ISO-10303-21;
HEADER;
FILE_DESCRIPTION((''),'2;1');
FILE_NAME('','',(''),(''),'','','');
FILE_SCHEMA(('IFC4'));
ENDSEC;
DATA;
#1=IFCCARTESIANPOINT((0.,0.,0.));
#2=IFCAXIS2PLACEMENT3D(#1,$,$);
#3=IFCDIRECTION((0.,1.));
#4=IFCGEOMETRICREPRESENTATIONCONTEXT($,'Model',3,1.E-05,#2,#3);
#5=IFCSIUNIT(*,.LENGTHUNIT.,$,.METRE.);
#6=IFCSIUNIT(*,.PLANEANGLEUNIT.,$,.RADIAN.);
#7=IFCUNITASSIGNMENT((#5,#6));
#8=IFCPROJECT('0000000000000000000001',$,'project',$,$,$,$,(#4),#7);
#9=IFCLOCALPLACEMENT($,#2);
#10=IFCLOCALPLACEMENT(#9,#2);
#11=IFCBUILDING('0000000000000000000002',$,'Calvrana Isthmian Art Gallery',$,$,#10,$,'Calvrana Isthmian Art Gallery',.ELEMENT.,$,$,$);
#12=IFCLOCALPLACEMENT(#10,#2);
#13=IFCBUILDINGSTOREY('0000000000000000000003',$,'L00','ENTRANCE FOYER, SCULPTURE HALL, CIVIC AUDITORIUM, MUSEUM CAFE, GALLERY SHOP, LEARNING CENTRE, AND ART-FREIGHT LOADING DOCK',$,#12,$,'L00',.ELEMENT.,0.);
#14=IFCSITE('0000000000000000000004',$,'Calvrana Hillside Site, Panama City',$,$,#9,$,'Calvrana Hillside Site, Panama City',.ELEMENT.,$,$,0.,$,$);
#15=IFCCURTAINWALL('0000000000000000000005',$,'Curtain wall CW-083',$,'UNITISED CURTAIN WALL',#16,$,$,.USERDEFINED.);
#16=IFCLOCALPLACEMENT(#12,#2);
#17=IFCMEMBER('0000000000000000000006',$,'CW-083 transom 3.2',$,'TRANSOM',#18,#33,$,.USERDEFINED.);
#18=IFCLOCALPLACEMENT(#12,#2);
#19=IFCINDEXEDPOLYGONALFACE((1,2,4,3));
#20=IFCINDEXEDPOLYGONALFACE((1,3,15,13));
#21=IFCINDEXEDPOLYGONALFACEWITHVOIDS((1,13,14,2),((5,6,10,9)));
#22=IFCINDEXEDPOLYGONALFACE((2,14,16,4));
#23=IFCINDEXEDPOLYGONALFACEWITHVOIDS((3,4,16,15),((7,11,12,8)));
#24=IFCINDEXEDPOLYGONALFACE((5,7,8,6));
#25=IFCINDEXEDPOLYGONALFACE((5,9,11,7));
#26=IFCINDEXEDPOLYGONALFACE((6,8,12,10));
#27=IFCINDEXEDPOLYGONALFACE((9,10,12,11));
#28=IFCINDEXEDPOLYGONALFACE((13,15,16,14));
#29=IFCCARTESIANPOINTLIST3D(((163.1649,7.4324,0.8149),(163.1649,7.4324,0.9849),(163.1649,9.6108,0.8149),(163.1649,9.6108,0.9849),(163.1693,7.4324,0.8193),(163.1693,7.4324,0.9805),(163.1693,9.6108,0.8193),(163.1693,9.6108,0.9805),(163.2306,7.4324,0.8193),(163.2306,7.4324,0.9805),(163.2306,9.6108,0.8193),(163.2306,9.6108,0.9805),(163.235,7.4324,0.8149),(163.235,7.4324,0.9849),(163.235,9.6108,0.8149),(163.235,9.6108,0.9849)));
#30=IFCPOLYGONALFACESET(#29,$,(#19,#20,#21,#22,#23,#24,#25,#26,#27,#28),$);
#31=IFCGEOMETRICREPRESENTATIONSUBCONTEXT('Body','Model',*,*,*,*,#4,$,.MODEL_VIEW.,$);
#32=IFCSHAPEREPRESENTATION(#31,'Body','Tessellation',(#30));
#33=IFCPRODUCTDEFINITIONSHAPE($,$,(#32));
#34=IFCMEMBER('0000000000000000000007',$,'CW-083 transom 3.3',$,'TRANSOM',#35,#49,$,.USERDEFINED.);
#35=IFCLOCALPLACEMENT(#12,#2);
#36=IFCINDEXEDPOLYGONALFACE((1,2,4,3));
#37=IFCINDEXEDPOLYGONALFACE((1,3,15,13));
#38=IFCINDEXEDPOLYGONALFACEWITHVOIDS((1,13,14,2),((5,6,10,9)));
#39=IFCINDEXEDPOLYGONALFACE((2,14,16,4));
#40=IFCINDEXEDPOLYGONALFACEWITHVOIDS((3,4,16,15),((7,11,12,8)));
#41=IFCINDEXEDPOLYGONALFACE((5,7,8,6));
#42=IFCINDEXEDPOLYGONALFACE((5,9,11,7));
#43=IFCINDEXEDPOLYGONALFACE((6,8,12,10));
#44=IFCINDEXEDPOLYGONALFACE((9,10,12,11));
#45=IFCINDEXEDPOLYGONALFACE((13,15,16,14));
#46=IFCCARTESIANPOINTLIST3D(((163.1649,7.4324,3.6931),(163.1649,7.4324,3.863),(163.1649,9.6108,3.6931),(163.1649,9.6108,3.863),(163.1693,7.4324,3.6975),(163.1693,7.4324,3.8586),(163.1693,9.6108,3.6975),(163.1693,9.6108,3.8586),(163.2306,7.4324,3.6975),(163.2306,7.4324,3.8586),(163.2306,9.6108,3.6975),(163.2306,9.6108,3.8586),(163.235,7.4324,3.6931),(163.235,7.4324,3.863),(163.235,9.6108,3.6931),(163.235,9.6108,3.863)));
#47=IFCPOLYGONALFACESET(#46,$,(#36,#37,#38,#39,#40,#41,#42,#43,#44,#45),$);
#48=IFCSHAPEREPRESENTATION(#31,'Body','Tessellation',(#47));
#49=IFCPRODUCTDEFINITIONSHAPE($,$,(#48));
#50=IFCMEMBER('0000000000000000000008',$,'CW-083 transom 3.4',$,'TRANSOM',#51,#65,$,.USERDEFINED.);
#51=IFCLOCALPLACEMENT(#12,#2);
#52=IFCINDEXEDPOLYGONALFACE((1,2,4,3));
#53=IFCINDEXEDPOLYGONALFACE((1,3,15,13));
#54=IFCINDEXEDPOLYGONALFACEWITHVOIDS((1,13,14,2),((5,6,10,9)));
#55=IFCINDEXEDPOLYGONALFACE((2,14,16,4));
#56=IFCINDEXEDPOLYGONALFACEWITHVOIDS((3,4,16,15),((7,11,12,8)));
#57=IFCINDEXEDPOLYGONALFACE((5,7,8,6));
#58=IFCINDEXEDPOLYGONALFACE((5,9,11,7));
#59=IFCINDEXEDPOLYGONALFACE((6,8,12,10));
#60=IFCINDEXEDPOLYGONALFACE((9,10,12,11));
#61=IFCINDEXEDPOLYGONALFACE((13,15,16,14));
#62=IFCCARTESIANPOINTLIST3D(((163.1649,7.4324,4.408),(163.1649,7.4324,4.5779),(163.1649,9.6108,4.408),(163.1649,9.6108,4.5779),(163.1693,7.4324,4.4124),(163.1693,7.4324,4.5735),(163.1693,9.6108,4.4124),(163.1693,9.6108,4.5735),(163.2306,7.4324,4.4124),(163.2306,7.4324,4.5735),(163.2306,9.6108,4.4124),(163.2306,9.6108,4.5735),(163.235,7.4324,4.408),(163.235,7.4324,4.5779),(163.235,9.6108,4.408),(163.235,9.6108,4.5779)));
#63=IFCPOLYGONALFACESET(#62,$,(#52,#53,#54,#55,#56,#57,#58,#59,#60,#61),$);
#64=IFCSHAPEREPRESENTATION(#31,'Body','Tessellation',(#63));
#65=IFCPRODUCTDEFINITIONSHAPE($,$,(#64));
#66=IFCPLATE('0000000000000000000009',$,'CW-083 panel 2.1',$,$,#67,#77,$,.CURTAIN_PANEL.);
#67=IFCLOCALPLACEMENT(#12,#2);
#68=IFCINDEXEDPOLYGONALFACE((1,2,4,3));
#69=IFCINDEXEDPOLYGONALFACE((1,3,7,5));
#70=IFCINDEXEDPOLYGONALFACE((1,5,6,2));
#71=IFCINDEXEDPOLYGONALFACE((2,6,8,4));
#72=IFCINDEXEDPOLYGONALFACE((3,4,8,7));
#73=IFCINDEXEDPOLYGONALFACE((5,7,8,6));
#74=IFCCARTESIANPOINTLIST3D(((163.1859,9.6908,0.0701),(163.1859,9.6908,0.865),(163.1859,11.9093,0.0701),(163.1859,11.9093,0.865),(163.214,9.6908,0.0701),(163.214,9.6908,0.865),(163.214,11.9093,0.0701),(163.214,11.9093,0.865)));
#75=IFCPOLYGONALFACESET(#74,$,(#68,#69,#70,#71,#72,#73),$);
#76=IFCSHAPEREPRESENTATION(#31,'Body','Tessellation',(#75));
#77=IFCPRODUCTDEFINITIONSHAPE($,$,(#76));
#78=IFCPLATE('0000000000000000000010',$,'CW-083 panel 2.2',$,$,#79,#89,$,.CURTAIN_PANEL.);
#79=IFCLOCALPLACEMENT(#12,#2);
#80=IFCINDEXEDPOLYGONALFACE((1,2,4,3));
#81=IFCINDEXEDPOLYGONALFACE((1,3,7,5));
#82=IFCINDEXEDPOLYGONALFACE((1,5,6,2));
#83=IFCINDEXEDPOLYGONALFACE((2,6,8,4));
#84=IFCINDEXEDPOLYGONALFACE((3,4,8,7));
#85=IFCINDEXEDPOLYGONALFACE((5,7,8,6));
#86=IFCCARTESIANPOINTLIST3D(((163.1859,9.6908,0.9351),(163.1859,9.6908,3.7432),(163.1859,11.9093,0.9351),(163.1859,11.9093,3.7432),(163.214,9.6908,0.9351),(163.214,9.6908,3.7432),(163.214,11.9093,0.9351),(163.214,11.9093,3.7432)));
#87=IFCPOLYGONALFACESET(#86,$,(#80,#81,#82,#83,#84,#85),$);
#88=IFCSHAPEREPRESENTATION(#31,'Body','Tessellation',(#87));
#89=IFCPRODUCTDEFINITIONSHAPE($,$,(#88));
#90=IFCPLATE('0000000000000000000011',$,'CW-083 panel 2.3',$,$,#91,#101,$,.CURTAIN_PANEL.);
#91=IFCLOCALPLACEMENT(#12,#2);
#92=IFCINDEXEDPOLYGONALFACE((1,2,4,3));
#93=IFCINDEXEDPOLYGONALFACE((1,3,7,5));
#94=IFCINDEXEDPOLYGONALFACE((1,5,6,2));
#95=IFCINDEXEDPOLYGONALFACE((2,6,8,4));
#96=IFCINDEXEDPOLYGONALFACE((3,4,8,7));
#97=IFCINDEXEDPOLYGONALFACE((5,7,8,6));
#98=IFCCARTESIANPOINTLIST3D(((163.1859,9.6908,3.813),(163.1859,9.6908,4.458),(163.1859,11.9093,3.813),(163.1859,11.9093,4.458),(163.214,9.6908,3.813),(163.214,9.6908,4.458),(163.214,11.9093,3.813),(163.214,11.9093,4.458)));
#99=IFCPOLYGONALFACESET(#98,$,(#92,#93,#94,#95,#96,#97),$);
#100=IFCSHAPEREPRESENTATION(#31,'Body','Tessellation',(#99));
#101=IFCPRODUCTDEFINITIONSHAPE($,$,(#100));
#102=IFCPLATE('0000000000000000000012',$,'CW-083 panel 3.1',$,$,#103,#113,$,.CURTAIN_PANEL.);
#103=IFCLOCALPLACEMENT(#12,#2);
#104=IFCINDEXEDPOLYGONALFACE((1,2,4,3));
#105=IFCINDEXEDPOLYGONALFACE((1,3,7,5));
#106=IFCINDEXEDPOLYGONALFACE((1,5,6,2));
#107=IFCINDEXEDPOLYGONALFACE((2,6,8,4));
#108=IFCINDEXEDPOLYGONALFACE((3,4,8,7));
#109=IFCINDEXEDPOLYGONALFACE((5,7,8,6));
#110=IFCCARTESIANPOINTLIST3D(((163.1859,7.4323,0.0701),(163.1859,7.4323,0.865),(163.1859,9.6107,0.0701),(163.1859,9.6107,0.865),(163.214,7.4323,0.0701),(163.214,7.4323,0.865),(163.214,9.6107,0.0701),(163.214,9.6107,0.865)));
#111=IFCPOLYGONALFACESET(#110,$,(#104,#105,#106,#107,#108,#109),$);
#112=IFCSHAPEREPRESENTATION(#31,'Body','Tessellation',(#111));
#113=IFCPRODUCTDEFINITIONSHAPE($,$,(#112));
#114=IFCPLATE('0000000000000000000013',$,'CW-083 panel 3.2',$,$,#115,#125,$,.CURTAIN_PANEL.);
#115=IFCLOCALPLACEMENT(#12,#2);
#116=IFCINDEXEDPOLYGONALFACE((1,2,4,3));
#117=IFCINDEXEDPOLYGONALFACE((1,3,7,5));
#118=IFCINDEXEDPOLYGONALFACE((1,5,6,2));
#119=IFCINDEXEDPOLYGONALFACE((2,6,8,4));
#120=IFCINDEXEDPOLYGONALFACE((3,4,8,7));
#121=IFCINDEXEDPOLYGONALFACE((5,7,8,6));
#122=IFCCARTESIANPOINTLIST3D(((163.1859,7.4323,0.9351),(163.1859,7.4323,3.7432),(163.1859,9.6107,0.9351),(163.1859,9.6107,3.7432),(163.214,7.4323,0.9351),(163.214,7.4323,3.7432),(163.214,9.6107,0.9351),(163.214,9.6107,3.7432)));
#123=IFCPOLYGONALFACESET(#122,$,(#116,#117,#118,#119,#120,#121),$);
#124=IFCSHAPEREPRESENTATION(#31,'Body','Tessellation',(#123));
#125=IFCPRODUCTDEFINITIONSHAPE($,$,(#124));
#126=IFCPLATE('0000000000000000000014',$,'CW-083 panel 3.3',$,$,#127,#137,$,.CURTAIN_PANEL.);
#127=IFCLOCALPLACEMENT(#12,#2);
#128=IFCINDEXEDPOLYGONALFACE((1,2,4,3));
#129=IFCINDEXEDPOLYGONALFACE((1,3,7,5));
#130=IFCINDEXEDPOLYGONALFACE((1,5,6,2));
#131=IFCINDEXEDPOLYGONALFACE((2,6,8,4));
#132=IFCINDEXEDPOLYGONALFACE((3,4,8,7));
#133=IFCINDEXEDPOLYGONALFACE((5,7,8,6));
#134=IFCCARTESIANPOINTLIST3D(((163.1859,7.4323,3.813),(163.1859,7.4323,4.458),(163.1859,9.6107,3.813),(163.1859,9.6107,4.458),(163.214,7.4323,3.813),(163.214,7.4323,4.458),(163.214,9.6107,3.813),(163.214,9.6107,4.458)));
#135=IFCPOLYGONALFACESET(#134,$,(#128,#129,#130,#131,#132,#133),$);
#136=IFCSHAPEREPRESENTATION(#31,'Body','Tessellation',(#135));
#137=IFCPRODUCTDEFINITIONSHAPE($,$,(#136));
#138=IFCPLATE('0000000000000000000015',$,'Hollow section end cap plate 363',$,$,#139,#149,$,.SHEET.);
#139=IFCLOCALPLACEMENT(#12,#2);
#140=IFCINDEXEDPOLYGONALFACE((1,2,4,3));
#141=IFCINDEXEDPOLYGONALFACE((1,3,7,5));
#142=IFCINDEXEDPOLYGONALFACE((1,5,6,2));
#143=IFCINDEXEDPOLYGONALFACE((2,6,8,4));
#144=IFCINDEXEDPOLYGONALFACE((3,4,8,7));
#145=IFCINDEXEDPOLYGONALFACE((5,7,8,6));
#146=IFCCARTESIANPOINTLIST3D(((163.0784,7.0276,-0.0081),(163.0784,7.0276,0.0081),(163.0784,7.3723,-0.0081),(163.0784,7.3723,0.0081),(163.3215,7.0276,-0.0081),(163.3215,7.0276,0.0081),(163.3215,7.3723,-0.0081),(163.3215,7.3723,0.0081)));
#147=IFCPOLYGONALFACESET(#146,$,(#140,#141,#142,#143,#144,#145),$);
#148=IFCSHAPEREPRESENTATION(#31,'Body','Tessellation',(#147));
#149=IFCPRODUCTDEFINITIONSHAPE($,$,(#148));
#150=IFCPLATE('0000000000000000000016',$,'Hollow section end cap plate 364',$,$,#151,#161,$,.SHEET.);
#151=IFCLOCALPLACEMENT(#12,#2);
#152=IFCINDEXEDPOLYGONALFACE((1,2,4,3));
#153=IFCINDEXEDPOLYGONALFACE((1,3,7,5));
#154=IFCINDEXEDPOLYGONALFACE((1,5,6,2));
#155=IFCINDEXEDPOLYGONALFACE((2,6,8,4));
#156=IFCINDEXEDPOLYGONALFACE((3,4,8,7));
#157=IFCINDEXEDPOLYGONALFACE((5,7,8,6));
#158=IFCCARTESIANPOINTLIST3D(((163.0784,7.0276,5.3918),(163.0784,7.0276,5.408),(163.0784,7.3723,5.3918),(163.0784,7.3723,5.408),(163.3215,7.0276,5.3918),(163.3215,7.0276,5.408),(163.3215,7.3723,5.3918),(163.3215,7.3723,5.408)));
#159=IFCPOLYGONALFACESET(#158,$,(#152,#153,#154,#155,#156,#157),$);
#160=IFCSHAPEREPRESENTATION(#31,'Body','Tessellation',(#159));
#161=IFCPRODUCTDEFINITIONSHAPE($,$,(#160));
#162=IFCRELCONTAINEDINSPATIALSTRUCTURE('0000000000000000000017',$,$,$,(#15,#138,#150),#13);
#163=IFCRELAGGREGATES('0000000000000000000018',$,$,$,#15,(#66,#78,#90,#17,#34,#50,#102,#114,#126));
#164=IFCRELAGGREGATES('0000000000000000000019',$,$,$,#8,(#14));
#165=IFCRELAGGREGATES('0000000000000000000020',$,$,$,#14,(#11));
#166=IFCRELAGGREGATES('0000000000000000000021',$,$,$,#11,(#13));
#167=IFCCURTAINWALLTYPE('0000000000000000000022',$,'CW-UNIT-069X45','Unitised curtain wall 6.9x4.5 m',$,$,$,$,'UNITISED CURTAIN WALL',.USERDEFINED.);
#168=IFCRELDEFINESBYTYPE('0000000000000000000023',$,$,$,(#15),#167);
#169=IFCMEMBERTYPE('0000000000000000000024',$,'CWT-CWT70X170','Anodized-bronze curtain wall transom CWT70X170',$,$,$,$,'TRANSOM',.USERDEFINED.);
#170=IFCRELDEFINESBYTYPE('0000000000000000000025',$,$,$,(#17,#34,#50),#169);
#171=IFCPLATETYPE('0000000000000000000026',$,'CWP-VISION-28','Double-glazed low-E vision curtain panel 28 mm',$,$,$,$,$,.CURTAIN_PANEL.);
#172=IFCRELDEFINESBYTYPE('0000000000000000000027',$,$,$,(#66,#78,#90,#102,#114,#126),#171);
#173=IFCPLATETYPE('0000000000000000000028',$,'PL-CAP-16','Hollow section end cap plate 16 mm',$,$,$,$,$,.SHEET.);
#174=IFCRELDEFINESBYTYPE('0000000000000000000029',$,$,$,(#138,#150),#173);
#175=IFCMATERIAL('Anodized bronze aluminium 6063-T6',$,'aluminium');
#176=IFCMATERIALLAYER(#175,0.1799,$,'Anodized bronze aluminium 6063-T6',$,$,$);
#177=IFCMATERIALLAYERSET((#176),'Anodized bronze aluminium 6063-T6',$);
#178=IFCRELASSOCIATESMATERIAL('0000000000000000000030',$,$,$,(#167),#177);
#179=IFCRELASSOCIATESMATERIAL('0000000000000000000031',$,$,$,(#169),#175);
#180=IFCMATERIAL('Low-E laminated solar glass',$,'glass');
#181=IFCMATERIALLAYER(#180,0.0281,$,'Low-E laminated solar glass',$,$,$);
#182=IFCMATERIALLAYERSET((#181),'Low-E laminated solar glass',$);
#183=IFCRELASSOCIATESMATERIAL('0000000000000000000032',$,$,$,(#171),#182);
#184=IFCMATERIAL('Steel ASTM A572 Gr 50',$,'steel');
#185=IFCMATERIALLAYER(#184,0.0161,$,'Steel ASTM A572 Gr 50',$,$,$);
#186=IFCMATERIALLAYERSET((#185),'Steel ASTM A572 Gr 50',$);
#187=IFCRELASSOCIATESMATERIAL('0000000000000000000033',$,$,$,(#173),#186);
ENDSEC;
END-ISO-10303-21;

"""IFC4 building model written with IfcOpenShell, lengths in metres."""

from ifc_helpers import new_model, si_unit, direction, frame, origin, origin_2d, place, context, subcontext, project, spatial, rectangle, hollow_rectangle, extrude, material, layer, layer_set, material_profile, profile_set, type_object, element, aggregate, save


model = new_model("IFC4")

# Units and contexts
model_context = context("Model", 3, precision=1e-05, world=origin(), true_north=direction((0.0, 1.0)))
body_context = subcontext(model_context, "Body", "Model", "MODEL_VIEW")
ifc_project = project(units=[si_unit("LENGTHUNIT", "METRE"), si_unit("PLANEANGLEUNIT", "RADIAN")], contexts=[model_context])

# Site, building, storey
site_placement = place(None, origin())
site = spatial("IfcSite", under=ifc_project, at=site_placement, Name="Calvrana Hillside Site, Panama City", LongName="Calvrana Hillside Site, Panama City", CompositionType="ELEMENT", RefElevation=0.0)
building_placement = place(site_placement, origin())
building = spatial("IfcBuilding", under=site, at=building_placement, Name="Calvrana Isthmian Art Gallery", LongName="Calvrana Isthmian Art Gallery", CompositionType="ELEMENT")
storey_placement = place(building_placement, origin())
storey = spatial("IfcBuildingStorey", under=building, at=storey_placement, Name="L00", Description="ENTRANCE FOYER, SCULPTURE HALL, CIVIC AUDITORIUM, MUSEUM CAFE, GALLERY SHOP, LEARNING CENTRE, AND ART-FREIGHT LOADING DOCK", LongName="L00", CompositionType="ELEMENT", Elevation=0.0)

# Curtain wall, members, plates
ifc_material_1 = material(Name="Anodized bronze aluminium 6063-T6", Category="aluminium")
ifc_layer_1 = layer(ifc_material_1, 0.1799, Name="Anodized bronze aluminium 6063-T6")
ifc_layer_set_1 = layer_set([ifc_layer_1], Name="Anodized bronze aluminium 6063-T6")
curtain_wall_type = type_object("IfcCurtainWallType", Name="CW-UNIT-069X45", Description="Unitised curtain wall 6.9x4.5 m", ElementType="UNITISED CURTAIN WALL", PredefinedType="USERDEFINED", material=ifc_layer_set_1)
curtain_wall_placement = place(storey_placement, origin())
curtain_wall = element("IfcCurtainWall", 1, at=curtain_wall_placement, inside=storey, type_object=curtain_wall_type, Name="Curtain wall CW-083", ObjectType="UNITISED CURTAIN WALL", PredefinedType="USERDEFINED")
ifc_material_profile_1 = material_profile(ifc_material_1, hollow_rectangle(XDim=0.0701, YDim=0.1699, WallThickness=0.0044, at=origin_2d()), Name="CWT70X170")
ifc_profile_set_1 = profile_set([ifc_material_profile_1], Name="Anodized bronze aluminium 6063-T6")
member_type_1 = type_object("IfcMemberType", Name="CWT-CWT70X170", Description="Anodized-bronze curtain wall transom CWT70X170", ElementType="TRANSOM", PredefinedType="USERDEFINED", material=ifc_profile_set_1)
member_1_placement = place(storey_placement, frame((163.2, 9.6108, 0.8999), z_axis=(0.0, -1.0, 0.0), x_axis=(1.0, 0.0, 0.0)))
member_1 = element("IfcMember", 2, at=member_1_placement, type_object=member_type_1, Name="CW-083 transom 3.2", ObjectType="TRANSOM", PredefinedType="USERDEFINED", context=body_context, shape_type="SweptSolid", body=[
    extrude(hollow_rectangle(XDim=0.0701, YDim=0.1699, WallThickness=0.0044, at=origin_2d()), origin(), (0.0, 0.0, 1.0), 2.1785),
])
member_2_placement = place(storey_placement, frame((163.2, 9.6108, 3.7781), z_axis=(0.0, -1.0, 0.0), x_axis=(1.0, 0.0, 0.0)))
member_2 = element("IfcMember", 3, at=member_2_placement, type_object=member_type_1, Name="CW-083 transom 3.3", ObjectType="TRANSOM", PredefinedType="USERDEFINED", context=body_context, shape_type="SweptSolid", body=[
    extrude(hollow_rectangle(XDim=0.0701, YDim=0.1699, WallThickness=0.0044, at=origin_2d()), origin(), (0.0, 0.0, 1.0), 2.1785),
])
member_3_placement = place(storey_placement, frame((163.2, 9.6108, 4.4929), z_axis=(0.0, -1.0, 0.0), x_axis=(1.0, 0.0, 0.0)))
member_3 = element("IfcMember", 4, at=member_3_placement, type_object=member_type_1, Name="CW-083 transom 3.4", ObjectType="TRANSOM", PredefinedType="USERDEFINED", context=body_context, shape_type="SweptSolid", body=[
    extrude(hollow_rectangle(XDim=0.0701, YDim=0.1699, WallThickness=0.0044, at=origin_2d()), origin(), (0.0, 0.0, 1.0), 2.1785),
])
ifc_material_2 = material(Name="Low-E laminated solar glass", Category="glass")
ifc_layer_2 = layer(ifc_material_2, 0.0281, Name="Low-E laminated solar glass")
ifc_layer_set_2 = layer_set([ifc_layer_2], Name="Low-E laminated solar glass")
plate_type_1 = type_object("IfcPlateType", Name="CWP-VISION-28", Description="Double-glazed low-E vision curtain panel 28 mm", PredefinedType="CURTAIN_PANEL", material=ifc_layer_set_2)
plate_1_placement = place(storey_placement, frame((163.2, 10.8, 0.0701), z_axis=(0.0, 0.0, 1.0), x_axis=(0.0, -1.0, 0.0)))
plate_1 = element("IfcPlate", 5, at=plate_1_placement, type_object=plate_type_1, Name="CW-083 panel 2.1", PredefinedType="CURTAIN_PANEL", context=body_context, shape_type="SweptSolid", body=[
    extrude(rectangle(XDim=2.2185, YDim=0.0281, at=origin_2d()), origin(), (0.0, 0.0, 1.0), 0.7949),
])
plate_2_placement = place(storey_placement, frame((163.2, 10.8, 0.9351), z_axis=(0.0, 0.0, 1.0), x_axis=(0.0, -1.0, 0.0)))
plate_2 = element("IfcPlate", 6, at=plate_2_placement, type_object=plate_type_1, Name="CW-083 panel 2.2", PredefinedType="CURTAIN_PANEL", context=body_context, shape_type="SweptSolid", body=[
    extrude(rectangle(XDim=2.2185, YDim=0.0281, at=origin_2d()), origin(), (0.0, 0.0, 1.0), 2.8081),
])
plate_3_placement = place(storey_placement, frame((163.2, 10.8, 3.813), z_axis=(0.0, 0.0, 1.0), x_axis=(0.0, -1.0, 0.0)))
plate_3 = element("IfcPlate", 7, at=plate_3_placement, type_object=plate_type_1, Name="CW-083 panel 2.3", PredefinedType="CURTAIN_PANEL", context=body_context, shape_type="SweptSolid", body=[
    extrude(rectangle(XDim=2.2185, YDim=0.0281, at=origin_2d()), origin(), (0.0, 0.0, 1.0), 0.645),
])
plate_4_placement = place(storey_placement, frame((163.2, 8.5215, 0.0701), z_axis=(0.0, 0.0, 1.0), x_axis=(0.0, -1.0, 0.0)))
plate_4 = element("IfcPlate", 8, at=plate_4_placement, type_object=plate_type_1, Name="CW-083 panel 3.1", PredefinedType="CURTAIN_PANEL", context=body_context, shape_type="SweptSolid", body=[
    extrude(rectangle(XDim=2.1785, YDim=0.0281, at=origin_2d()), origin(), (0.0, 0.0, 1.0), 0.7949),
])
plate_5_placement = place(storey_placement, frame((163.2, 8.5215, 0.9351), z_axis=(0.0, 0.0, 1.0), x_axis=(0.0, -1.0, 0.0)))
plate_5 = element("IfcPlate", 9, at=plate_5_placement, type_object=plate_type_1, Name="CW-083 panel 3.2", PredefinedType="CURTAIN_PANEL", context=body_context, shape_type="SweptSolid", body=[
    extrude(rectangle(XDim=2.1785, YDim=0.0281, at=origin_2d()), origin(), (0.0, 0.0, 1.0), 2.8081),
])
plate_6_placement = place(storey_placement, frame((163.2, 8.5215, 3.813), z_axis=(0.0, 0.0, 1.0), x_axis=(0.0, -1.0, 0.0)))
plate_6 = element("IfcPlate", 10, at=plate_6_placement, type_object=plate_type_1, Name="CW-083 panel 3.3", PredefinedType="CURTAIN_PANEL", context=body_context, shape_type="SweptSolid", body=[
    extrude(rectangle(XDim=2.1785, YDim=0.0281, at=origin_2d()), origin(), (0.0, 0.0, 1.0), 0.645),
])
aggregate(curtain_wall, [plate_1, plate_2, plate_3, member_1, member_2, member_3, plate_4, plate_5, plate_6])

# Plates
ifc_material_3 = material(Name="Steel ASTM A572 Gr 50", Category="steel")
ifc_layer_3 = layer(ifc_material_3, 0.0161, Name="Steel ASTM A572 Gr 50")
ifc_layer_set_3 = layer_set([ifc_layer_3], Name="Steel ASTM A572 Gr 50")
plate_type_2 = type_object("IfcPlateType", Name="PL-CAP-16", Description="Hollow section end cap plate 16 mm", PredefinedType="SHEET", material=ifc_layer_set_3)
for number, where, z_axis, x_axis, name in (
    (11, (163.2, 7.2, -0.0081), (0.0, 0.0, 1.0), (1.0, 0.0, 0.0), "Hollow section end cap plate 363"),
    (12, (163.2, 7.2, 5.3918), (0.0, 0.0, 1.0), (1.0, 0.0, 0.0), "Hollow section end cap plate 364"),
):
    element("IfcPlate", number, at=place(storey_placement, frame(where, z_axis=z_axis, x_axis=x_axis)), inside=storey, type_object=plate_type_2, Name=name, PredefinedType="SHEET", context=body_context, shape_type="SweptSolid", body=[
        extrude(rectangle(XDim=0.2432, YDim=0.3447, at=origin_2d()), origin(), (0.0, 0.0, 1.0), 0.0161),
    ])

save(model, "model.ifc")
